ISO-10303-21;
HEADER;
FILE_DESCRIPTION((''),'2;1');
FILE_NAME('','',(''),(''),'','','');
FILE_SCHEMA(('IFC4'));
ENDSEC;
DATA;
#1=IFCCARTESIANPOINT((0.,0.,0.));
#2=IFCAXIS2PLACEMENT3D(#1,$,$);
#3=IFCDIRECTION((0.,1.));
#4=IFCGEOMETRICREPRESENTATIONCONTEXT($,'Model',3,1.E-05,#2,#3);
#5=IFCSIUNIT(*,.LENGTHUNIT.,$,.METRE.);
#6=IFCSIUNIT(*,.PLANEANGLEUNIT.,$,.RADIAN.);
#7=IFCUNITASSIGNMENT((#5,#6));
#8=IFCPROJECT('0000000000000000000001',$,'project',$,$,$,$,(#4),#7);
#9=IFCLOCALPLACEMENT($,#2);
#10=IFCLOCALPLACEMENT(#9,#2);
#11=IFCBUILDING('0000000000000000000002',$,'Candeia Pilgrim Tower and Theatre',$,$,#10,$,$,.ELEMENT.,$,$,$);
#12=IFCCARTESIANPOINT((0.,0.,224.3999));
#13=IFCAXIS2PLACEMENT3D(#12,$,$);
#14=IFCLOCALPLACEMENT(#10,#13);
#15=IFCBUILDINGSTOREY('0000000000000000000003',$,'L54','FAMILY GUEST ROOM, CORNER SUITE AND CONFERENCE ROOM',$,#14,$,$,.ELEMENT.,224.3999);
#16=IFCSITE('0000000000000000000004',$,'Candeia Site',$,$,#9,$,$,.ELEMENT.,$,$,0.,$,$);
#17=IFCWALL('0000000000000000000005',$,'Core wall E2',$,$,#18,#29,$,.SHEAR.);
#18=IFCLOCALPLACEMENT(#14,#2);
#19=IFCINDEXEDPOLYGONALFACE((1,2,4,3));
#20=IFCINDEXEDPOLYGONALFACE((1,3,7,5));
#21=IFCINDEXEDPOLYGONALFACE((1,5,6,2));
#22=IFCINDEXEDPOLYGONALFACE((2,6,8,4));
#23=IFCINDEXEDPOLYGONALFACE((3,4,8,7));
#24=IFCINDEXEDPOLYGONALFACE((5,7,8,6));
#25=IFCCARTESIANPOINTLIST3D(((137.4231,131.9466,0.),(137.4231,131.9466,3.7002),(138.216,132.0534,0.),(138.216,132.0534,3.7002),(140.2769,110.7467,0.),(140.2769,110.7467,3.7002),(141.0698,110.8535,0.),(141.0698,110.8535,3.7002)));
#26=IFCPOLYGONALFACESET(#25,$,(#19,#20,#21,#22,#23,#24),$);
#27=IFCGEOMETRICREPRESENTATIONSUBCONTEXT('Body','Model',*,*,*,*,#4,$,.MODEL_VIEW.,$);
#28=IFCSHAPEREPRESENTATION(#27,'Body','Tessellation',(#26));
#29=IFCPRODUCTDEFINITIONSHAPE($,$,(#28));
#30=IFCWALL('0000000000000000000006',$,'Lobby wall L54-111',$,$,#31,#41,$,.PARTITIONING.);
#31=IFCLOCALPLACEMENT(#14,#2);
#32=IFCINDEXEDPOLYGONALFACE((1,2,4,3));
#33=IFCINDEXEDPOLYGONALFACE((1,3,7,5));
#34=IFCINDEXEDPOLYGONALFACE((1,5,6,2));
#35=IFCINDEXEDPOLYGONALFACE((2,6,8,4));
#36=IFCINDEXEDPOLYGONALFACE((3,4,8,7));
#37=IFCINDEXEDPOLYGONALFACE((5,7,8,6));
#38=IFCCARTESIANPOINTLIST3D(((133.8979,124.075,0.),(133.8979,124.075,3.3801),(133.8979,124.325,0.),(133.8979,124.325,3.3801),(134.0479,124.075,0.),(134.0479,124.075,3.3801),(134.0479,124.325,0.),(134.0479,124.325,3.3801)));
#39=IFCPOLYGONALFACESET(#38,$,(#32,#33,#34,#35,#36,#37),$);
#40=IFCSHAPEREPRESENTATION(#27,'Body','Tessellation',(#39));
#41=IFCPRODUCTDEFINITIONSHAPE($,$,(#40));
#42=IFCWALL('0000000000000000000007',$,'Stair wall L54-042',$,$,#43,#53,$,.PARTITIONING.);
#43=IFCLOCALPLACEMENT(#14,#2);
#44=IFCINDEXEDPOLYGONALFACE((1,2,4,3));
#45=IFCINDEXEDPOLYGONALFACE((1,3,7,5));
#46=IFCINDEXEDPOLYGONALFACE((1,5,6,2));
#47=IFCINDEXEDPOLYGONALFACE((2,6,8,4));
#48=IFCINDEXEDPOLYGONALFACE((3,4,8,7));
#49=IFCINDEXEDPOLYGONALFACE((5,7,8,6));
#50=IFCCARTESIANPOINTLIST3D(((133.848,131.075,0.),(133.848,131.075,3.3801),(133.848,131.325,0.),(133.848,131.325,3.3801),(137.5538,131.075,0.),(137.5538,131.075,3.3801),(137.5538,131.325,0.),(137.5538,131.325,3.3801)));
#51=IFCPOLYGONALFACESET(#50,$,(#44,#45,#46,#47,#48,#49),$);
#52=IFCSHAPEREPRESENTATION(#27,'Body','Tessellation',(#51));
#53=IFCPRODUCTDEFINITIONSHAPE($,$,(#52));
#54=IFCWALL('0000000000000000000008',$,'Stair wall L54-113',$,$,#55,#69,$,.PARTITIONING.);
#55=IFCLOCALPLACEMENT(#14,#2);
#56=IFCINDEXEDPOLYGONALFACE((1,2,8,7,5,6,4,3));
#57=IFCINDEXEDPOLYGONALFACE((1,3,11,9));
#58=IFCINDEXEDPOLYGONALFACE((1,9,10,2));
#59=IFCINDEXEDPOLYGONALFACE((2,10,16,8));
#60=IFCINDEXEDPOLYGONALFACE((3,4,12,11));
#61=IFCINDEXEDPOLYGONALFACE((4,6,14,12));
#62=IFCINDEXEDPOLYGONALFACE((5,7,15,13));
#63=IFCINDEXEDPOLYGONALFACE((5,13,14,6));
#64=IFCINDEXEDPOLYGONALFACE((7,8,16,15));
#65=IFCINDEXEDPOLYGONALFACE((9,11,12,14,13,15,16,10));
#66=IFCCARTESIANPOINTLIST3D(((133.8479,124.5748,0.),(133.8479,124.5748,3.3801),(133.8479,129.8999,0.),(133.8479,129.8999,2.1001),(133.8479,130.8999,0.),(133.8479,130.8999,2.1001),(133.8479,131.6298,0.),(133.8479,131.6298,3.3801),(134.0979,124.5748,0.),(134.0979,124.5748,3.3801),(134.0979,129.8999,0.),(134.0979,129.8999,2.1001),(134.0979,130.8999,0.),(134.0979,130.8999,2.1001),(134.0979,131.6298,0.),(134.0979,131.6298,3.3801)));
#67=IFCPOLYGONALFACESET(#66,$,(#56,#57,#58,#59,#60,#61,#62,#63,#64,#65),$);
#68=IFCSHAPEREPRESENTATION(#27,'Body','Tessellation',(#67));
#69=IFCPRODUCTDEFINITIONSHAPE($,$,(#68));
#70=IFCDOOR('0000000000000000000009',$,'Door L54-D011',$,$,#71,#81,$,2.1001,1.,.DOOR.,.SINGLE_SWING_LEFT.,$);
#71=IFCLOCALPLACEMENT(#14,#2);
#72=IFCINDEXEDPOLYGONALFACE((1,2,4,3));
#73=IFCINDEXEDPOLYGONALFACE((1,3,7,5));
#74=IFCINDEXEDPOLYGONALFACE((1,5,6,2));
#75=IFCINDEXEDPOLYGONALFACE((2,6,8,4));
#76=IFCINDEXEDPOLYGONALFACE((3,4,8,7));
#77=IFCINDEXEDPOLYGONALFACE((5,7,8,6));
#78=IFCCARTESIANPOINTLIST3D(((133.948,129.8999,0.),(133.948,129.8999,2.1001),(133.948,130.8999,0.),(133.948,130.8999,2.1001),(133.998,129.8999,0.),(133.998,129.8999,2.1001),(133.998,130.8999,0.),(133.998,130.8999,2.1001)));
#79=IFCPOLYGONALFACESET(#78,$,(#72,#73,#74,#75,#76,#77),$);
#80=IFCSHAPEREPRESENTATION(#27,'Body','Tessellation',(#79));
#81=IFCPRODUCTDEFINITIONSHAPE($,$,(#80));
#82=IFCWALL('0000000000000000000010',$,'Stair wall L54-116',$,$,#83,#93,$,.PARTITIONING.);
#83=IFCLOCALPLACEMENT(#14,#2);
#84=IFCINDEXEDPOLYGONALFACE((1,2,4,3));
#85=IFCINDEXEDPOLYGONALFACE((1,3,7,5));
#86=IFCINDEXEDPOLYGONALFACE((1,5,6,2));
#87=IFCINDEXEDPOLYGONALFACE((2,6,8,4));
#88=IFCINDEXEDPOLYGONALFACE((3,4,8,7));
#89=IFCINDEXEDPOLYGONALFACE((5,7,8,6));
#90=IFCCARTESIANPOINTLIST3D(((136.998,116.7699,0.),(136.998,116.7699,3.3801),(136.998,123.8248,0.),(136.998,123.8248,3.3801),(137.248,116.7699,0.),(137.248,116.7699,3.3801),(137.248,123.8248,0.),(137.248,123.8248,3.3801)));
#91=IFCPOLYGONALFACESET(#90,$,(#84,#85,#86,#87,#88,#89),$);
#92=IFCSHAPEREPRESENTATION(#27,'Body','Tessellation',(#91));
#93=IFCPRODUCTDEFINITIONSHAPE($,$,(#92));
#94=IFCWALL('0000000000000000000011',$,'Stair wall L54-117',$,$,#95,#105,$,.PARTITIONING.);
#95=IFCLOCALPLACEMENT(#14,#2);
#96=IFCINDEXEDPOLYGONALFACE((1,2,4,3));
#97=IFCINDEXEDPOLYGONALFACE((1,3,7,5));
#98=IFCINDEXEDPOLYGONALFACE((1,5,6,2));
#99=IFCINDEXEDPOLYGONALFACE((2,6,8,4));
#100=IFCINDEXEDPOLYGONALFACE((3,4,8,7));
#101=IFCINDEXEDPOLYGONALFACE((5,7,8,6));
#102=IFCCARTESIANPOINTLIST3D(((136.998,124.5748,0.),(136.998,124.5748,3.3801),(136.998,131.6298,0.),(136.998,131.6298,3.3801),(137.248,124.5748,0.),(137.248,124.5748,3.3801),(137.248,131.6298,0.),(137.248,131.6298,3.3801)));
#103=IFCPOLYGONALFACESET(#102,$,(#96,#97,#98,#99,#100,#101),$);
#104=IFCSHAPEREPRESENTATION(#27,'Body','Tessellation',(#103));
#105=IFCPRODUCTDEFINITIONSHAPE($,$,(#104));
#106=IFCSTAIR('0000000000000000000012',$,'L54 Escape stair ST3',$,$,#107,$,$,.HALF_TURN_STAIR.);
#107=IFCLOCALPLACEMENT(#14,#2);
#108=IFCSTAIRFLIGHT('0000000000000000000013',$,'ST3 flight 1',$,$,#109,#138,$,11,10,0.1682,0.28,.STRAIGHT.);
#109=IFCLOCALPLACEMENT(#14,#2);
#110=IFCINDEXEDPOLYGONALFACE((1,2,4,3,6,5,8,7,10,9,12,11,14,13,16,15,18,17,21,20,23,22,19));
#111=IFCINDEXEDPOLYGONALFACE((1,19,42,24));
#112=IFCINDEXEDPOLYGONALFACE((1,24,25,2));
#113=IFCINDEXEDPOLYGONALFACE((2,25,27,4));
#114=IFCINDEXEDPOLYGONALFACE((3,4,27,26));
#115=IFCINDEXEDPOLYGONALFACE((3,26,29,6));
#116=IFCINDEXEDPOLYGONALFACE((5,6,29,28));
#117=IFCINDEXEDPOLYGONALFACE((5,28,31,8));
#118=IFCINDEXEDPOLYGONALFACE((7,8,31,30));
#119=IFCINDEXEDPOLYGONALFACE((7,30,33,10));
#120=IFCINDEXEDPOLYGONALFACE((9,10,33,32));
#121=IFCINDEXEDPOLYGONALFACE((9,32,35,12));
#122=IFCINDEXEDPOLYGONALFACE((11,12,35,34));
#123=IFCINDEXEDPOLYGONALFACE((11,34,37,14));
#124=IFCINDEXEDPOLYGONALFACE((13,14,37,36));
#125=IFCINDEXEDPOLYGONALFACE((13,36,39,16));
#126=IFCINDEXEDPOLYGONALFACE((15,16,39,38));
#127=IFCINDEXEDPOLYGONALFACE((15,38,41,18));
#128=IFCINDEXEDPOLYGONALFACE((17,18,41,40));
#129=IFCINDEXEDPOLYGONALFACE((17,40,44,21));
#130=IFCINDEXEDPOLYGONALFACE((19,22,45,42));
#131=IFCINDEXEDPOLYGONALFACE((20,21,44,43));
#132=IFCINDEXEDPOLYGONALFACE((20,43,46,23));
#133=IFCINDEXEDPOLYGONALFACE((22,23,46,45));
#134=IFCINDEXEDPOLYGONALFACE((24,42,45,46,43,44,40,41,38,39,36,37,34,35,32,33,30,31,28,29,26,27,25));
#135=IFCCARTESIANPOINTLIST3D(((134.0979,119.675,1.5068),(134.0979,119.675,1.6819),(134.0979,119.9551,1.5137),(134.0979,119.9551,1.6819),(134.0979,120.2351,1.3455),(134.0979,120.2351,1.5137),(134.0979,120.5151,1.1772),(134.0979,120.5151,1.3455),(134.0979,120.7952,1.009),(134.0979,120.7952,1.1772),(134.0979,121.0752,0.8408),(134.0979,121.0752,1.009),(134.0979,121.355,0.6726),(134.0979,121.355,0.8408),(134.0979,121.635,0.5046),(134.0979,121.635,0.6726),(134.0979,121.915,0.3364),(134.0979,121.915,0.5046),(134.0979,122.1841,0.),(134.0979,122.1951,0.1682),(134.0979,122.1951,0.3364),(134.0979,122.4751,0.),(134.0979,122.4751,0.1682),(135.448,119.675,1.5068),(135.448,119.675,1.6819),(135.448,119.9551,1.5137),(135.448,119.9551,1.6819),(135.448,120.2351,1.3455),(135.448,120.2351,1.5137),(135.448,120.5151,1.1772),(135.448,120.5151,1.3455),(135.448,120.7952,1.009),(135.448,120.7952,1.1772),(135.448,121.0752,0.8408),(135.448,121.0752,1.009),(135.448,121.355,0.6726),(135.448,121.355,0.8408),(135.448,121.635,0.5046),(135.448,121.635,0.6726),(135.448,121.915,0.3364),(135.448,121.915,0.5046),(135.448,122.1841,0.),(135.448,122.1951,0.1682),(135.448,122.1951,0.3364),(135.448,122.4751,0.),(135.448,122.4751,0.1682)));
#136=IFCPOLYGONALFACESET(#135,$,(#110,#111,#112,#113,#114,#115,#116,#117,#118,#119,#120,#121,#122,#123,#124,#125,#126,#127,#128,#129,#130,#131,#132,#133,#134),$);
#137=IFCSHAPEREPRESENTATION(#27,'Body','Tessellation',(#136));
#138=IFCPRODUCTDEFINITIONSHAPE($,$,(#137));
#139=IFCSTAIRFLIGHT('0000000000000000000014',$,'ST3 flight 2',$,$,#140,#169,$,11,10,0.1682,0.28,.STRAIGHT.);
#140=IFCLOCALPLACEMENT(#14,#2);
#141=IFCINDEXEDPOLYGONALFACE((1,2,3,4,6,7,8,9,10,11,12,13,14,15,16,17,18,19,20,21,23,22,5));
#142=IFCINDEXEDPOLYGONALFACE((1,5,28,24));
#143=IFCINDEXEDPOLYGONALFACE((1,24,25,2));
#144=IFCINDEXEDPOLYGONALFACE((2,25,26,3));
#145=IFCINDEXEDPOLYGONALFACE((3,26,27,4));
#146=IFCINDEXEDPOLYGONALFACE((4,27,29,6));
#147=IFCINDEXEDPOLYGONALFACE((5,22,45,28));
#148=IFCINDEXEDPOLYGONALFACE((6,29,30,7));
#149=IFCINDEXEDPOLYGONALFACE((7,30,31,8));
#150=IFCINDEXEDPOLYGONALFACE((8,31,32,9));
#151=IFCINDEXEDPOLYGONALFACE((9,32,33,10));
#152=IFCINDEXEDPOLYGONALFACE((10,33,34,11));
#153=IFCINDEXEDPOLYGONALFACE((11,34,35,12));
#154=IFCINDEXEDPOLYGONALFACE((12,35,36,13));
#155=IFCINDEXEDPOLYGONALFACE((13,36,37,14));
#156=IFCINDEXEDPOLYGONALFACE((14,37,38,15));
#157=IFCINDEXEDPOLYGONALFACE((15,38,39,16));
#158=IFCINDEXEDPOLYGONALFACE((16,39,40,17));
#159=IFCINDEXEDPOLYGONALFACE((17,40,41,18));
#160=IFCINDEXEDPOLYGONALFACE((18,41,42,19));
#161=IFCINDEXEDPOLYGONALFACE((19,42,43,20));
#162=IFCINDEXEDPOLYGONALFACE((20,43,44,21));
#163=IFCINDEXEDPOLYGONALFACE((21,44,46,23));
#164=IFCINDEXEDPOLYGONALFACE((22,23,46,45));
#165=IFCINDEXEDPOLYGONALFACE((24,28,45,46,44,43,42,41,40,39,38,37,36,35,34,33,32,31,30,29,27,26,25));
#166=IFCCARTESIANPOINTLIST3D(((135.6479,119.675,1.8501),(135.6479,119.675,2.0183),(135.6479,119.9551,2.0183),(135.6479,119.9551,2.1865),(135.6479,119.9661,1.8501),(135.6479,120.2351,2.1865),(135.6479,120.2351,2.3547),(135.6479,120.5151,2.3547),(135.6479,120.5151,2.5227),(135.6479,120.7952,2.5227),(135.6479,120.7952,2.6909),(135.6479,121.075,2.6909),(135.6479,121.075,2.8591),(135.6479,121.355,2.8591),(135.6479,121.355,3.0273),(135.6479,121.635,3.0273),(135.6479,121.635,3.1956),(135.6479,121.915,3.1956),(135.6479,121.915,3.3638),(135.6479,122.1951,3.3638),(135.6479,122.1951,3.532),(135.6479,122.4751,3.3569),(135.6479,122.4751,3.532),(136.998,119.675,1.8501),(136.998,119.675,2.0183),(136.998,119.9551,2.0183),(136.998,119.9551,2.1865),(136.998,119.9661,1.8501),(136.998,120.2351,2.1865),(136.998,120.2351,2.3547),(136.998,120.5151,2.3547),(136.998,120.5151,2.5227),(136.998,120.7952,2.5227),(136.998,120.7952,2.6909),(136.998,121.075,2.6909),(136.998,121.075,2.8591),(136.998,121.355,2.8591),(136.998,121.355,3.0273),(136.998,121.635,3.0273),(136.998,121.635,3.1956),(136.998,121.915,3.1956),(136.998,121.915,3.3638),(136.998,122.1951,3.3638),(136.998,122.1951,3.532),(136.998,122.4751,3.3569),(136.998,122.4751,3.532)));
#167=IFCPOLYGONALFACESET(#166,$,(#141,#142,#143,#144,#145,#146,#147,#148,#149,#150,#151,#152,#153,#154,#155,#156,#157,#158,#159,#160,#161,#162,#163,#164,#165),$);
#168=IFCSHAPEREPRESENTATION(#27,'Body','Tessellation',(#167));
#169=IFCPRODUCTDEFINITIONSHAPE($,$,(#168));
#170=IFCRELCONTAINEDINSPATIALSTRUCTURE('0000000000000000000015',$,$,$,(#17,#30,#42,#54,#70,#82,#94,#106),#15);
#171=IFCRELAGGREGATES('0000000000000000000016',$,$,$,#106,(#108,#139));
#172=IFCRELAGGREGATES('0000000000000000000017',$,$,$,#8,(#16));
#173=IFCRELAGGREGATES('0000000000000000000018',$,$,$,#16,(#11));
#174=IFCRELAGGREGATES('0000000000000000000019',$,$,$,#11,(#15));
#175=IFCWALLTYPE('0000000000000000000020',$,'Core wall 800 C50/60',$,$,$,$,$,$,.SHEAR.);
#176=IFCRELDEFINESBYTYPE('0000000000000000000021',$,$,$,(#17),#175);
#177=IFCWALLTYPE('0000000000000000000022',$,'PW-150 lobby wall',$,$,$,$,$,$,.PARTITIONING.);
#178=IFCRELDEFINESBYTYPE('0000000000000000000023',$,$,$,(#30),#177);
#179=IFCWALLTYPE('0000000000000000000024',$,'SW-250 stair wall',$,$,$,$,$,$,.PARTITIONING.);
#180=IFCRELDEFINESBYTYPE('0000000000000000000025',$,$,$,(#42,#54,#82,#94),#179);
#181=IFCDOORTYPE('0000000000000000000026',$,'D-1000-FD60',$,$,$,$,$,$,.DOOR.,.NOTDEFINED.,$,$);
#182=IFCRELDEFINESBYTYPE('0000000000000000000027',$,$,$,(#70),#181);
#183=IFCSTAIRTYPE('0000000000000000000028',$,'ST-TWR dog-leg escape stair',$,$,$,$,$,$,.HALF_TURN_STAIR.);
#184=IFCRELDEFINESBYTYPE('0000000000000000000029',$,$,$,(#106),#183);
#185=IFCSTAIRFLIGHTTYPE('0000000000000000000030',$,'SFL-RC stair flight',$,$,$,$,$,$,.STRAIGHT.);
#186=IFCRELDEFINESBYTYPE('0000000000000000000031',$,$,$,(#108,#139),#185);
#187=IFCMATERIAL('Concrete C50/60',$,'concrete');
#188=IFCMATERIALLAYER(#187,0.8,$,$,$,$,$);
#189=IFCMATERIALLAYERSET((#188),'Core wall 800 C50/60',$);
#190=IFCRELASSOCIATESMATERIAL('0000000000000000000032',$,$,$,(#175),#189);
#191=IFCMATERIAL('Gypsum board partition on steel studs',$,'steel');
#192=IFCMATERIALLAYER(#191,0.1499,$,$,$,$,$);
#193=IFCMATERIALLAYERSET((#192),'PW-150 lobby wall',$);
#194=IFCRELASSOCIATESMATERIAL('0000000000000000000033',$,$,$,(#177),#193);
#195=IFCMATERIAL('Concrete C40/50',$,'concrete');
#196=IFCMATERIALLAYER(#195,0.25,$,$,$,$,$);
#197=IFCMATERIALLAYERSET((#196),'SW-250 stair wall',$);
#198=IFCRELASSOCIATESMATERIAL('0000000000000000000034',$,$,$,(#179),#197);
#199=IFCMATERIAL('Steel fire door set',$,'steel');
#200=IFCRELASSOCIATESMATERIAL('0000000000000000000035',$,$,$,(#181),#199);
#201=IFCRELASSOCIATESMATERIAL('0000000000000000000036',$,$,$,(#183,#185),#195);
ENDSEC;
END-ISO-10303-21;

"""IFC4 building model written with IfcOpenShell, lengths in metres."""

from ifc_helpers import new_model, si_unit, direction, frame, frame_2d, origin, place, context, subcontext, project, spatial, polyline, rectangle, outline, extrude, material, layer, layer_set, type_object, element, fill, aggregate, save


model = new_model("IFC4")

# Units and contexts
model_context = context("Model", 3, precision=1e-05, world=origin(), true_north=direction((0.0, 1.0)))
body_context = subcontext(model_context, "Body", "Model", "MODEL_VIEW")
ifc_project = project(units=[si_unit("LENGTHUNIT", "METRE"), si_unit("PLANEANGLEUNIT", "RADIAN")], contexts=[model_context])

# Site, building, storey
site_placement = place(None, origin())
site = spatial("IfcSite", under=ifc_project, at=site_placement, Name="Candeia Site", CompositionType="ELEMENT", RefElevation=0.0)
building_placement = place(site_placement, origin())
building = spatial("IfcBuilding", under=site, at=building_placement, Name="Candeia Pilgrim Tower and Theatre", CompositionType="ELEMENT")
storey_placement = place(building_placement, frame((0.0, 0.0, 224.3999)))
storey = spatial("IfcBuildingStorey", under=building, at=storey_placement, Name="L54", Description="FAMILY GUEST ROOM, CORNER SUITE AND CONFERENCE ROOM", CompositionType="ELEMENT", Elevation=224.3999)

# Walls
ifc_material_1 = material(Name="Concrete C50/60", Category="concrete")
ifc_layer_1 = layer(ifc_material_1, 0.8)
ifc_layer_set_1 = layer_set([ifc_layer_1], Name="Core wall 800 C50/60")
wall_type_1 = type_object("IfcWallType", Name="Core wall 800 C50/60", PredefinedType="SHEAR", material=ifc_layer_set_1)
wall_1_placement = place(storey_placement, frame((137.8196, 132.0, 0.0), z_axis=(0.0, 0.0, 1.0), x_axis=(0.133408, -0.991061, 0.0)))
element("IfcWall", 1, at=wall_1_placement, inside=storey, type_object=wall_type_1, Name="Core wall E2", PredefinedType="SHEAR", context=body_context, shape_type="SweptSolid", body=[
    extrude(rectangle(XDim=21.3911, YDim=0.8, at=frame_2d((10.6956, 0.0))), origin(), (0.0, 0.0, 1.0), 3.7002),
])
ifc_material_2 = material(Name="Gypsum board partition on steel studs", Category="steel")
ifc_layer_2 = layer(ifc_material_2, 0.1499)
ifc_layer_set_2 = layer_set([ifc_layer_2], Name="PW-150 lobby wall")
wall_type_2 = type_object("IfcWallType", Name="PW-150 lobby wall", PredefinedType="PARTITIONING", material=ifc_layer_set_2)
wall_2_placement = place(storey_placement, frame((133.9729, 124.075, 0.0), z_axis=(0.0, 0.0, 1.0), x_axis=(0.0, 1.0, 0.0)))
element("IfcWall", 2, at=wall_2_placement, inside=storey, type_object=wall_type_2, Name="Lobby wall L54-111", PredefinedType="PARTITIONING", context=body_context, shape_type="SweptSolid", body=[
    extrude(rectangle(XDim=0.25, YDim=0.1499, at=frame_2d((0.125, 0.0))), origin(), (0.0, 0.0, 1.0), 3.3801),
])
ifc_material_3 = material(Name="Concrete C40/50", Category="concrete")
ifc_layer_3 = layer(ifc_material_3, 0.25)
ifc_layer_set_3 = layer_set([ifc_layer_3], Name="SW-250 stair wall")
wall_type_3 = type_object("IfcWallType", Name="SW-250 stair wall", PredefinedType="PARTITIONING", material=ifc_layer_set_3)
wall_3_placement = place(storey_placement, frame((133.8479, 131.2, 0.0), z_axis=(0.0, 0.0, 1.0), x_axis=(1.0, 0.0, 0.0)))
element("IfcWall", 3, at=wall_3_placement, inside=storey, type_object=wall_type_3, Name="Stair wall L54-042", PredefinedType="PARTITIONING", context=body_context, shape_type="SweptSolid", body=[
    extrude(rectangle(XDim=3.7058, YDim=0.25, at=frame_2d((1.853, 0.0))), origin(), (0.0, 0.0, 1.0), 3.3801),
])

# Wall, opening, door
wall_4_placement = place(storey_placement, frame((133.9729, 124.575, 0.0), z_axis=(0.0, 0.0, 1.0), x_axis=(0.0, 1.0, 0.0)))
wall_4 = element("IfcWall", 4, at=wall_4_placement, inside=storey, type_object=wall_type_3, Name="Stair wall L54-113", PredefinedType="PARTITIONING", context=body_context, shape_type="SweptSolid", body=[
    extrude(rectangle(XDim=7.0549, YDim=0.25, at=frame_2d((3.5273, 0.0))), origin(), (0.0, 0.0, 1.0), 3.3801),
])
opening_placement = place(wall_4_placement, frame((5.325, 0.0, 0.0)))
opening = element("IfcOpeningElement", 5, at=opening_placement, cuts=wall_4, PredefinedType="OPENING", context=body_context, shape_type="SweptSolid", body=[
    extrude(rectangle(XDim=1.0, YDim=2.1001, at=frame_2d((0.5, 1.05))), frame((0.0, 0.135, 0.0), z_axis=(0.0, -1.0, 0.0), x_axis=(1.0, 0.0, 0.0)), (0.0, 0.0, 1.0), 0.27),
])
ifc_material_4 = material(Name="Steel fire door set", Category="steel")
door_type = type_object("IfcDoorType", Name="D-1000-FD60", OperationType="NOTDEFINED", PredefinedType="DOOR", material=ifc_material_4)
door_placement = place(opening_placement, origin())
door = element("IfcDoor", 6, at=door_placement, inside=storey, type_object=door_type, Name="Door L54-D011", OperationType="SINGLE_SWING_LEFT", OverallHeight=2.1001, OverallWidth=1.0, PredefinedType="DOOR", context=body_context, shape_type="SweptSolid", body=[
    extrude(rectangle(XDim=1.0, YDim=2.1001, at=frame_2d((0.5, 1.05))), frame((0.0, 0.0249, 0.0), z_axis=(0.0, -1.0, 0.0), x_axis=(1.0, 0.0, 0.0)), (0.0, 0.0, 1.0), 0.05),
])
fill(opening, door)

# Walls
for number, where, z_axis, x_axis, name in (
    (7, (137.123, 116.77, 0.0), (0.0, 0.0, 1.0), (0.0, 1.0, 0.0), "Stair wall L54-116"),
    (8, (137.123, 124.575, 0.0), (0.0, 0.0, 1.0), (0.0, 1.0, 0.0), "Stair wall L54-117"),
):
    element("IfcWall", number, at=place(storey_placement, frame(where, z_axis=z_axis, x_axis=x_axis)), inside=storey, type_object=wall_type_3, Name=name, PredefinedType="PARTITIONING", context=body_context, shape_type="SweptSolid", body=[
        extrude(rectangle(XDim=7.0549, YDim=0.25, at=frame_2d((3.5273, 0.0))), origin(), (0.0, 0.0, 1.0), 3.3801),
    ])

# Stair, stair flights
stair_type = type_object("IfcStairType", Name="ST-TWR dog-leg escape stair", PredefinedType="HALF_TURN_STAIR", material=ifc_material_3)
stair_1_placement = place(storey_placement, origin())
stair_1 = element("IfcStair", 9, at=stair_1_placement, inside=storey, type_object=stair_type, Name="L54 Escape stair ST3", PredefinedType="HALF_TURN_STAIR")
stair_flight_type = type_object("IfcStairFlightType", Name="SFL-RC stair flight", PredefinedType="STRAIGHT", material=ifc_material_3)
stair_flight_1_placement = place(storey_placement, frame((134.7729, 122.4751, 0.0), z_axis=(0.0, 0.0, 1.0), x_axis=(0.0, -1.0, 0.0)))
stair_flight_1 = element("IfcStairFlight", 10, at=stair_flight_1_placement, type_object=stair_flight_type, Name="ST3 flight 1", NumberOfRisers=11, NumberOfTreads=10, PredefinedType="STRAIGHT", RiserHeight=0.1682, TreadLength=0.28, context=body_context, shape_type="SweptSolid", body=[
    extrude(outline(polyline([(0.0, 0.0), (0.0, 0.1682), (0.28, 0.1682), (0.28, 0.3364), (0.5601, 0.3364), (0.5601, 0.5046), (0.8401, 0.5046), (0.8401, 0.6726), (1.1201, 0.6726), (1.1201, 0.8408), (1.3999, 0.8408), (1.3999, 1.009), (1.6799, 1.009), (1.6799, 1.1772), (1.96, 1.1772), (1.96, 1.3455), (2.24, 1.3455), (2.24, 1.5137), (2.52, 1.5137), (2.52, 1.6819), (2.8, 1.6819), (2.8, 1.8501), (2.8, 1.5068), (0.291, 0.0), (0.0, 0.0)])), frame((0.0, 0.675, 0.0), z_axis=(0.0, -1.0, 0.0), x_axis=(1.0, 0.0, 0.0)), (0.0, 0.0, 1.0), 1.3501),
])
stair_flight_2_placement = place(storey_placement, frame((136.323, 119.675, 1.8501), z_axis=(0.0, 0.0, 1.0), x_axis=(0.0, 1.0, 0.0)))
stair_flight_2 = element("IfcStairFlight", 11, at=stair_flight_2_placement, type_object=stair_flight_type, Name="ST3 flight 2", NumberOfRisers=11, NumberOfTreads=10, PredefinedType="STRAIGHT", RiserHeight=0.1682, TreadLength=0.28, context=body_context, shape_type="SweptSolid", body=[
    extrude(outline(polyline([(0.0, 0.0), (0.0, 0.1682), (0.28, 0.1682), (0.28, 0.3364), (0.5601, 0.3364), (0.5601, 0.5046), (0.8401, 0.5046), (0.8401, 0.6726), (1.1201, 0.6726), (1.1201, 0.8408), (1.3999, 0.8408), (1.3999, 1.009), (1.6799, 1.009), (1.6799, 1.1772), (1.96, 1.1772), (1.96, 1.3455), (2.24, 1.3455), (2.24, 1.5137), (2.52, 1.5137), (2.52, 1.6819), (2.8, 1.6819), (2.8, 1.8501), (2.8, 1.5068), (0.291, 0.0), (0.0, 0.0)])), frame((0.0, 0.675, 0.0), z_axis=(0.0, -1.0, 0.0), x_axis=(1.0, 0.0, 0.0)), (0.0, 0.0, 1.0), 1.3501),
])
aggregate(stair_1, [stair_flight_1, stair_flight_2])

save(model, "model.ifc")
